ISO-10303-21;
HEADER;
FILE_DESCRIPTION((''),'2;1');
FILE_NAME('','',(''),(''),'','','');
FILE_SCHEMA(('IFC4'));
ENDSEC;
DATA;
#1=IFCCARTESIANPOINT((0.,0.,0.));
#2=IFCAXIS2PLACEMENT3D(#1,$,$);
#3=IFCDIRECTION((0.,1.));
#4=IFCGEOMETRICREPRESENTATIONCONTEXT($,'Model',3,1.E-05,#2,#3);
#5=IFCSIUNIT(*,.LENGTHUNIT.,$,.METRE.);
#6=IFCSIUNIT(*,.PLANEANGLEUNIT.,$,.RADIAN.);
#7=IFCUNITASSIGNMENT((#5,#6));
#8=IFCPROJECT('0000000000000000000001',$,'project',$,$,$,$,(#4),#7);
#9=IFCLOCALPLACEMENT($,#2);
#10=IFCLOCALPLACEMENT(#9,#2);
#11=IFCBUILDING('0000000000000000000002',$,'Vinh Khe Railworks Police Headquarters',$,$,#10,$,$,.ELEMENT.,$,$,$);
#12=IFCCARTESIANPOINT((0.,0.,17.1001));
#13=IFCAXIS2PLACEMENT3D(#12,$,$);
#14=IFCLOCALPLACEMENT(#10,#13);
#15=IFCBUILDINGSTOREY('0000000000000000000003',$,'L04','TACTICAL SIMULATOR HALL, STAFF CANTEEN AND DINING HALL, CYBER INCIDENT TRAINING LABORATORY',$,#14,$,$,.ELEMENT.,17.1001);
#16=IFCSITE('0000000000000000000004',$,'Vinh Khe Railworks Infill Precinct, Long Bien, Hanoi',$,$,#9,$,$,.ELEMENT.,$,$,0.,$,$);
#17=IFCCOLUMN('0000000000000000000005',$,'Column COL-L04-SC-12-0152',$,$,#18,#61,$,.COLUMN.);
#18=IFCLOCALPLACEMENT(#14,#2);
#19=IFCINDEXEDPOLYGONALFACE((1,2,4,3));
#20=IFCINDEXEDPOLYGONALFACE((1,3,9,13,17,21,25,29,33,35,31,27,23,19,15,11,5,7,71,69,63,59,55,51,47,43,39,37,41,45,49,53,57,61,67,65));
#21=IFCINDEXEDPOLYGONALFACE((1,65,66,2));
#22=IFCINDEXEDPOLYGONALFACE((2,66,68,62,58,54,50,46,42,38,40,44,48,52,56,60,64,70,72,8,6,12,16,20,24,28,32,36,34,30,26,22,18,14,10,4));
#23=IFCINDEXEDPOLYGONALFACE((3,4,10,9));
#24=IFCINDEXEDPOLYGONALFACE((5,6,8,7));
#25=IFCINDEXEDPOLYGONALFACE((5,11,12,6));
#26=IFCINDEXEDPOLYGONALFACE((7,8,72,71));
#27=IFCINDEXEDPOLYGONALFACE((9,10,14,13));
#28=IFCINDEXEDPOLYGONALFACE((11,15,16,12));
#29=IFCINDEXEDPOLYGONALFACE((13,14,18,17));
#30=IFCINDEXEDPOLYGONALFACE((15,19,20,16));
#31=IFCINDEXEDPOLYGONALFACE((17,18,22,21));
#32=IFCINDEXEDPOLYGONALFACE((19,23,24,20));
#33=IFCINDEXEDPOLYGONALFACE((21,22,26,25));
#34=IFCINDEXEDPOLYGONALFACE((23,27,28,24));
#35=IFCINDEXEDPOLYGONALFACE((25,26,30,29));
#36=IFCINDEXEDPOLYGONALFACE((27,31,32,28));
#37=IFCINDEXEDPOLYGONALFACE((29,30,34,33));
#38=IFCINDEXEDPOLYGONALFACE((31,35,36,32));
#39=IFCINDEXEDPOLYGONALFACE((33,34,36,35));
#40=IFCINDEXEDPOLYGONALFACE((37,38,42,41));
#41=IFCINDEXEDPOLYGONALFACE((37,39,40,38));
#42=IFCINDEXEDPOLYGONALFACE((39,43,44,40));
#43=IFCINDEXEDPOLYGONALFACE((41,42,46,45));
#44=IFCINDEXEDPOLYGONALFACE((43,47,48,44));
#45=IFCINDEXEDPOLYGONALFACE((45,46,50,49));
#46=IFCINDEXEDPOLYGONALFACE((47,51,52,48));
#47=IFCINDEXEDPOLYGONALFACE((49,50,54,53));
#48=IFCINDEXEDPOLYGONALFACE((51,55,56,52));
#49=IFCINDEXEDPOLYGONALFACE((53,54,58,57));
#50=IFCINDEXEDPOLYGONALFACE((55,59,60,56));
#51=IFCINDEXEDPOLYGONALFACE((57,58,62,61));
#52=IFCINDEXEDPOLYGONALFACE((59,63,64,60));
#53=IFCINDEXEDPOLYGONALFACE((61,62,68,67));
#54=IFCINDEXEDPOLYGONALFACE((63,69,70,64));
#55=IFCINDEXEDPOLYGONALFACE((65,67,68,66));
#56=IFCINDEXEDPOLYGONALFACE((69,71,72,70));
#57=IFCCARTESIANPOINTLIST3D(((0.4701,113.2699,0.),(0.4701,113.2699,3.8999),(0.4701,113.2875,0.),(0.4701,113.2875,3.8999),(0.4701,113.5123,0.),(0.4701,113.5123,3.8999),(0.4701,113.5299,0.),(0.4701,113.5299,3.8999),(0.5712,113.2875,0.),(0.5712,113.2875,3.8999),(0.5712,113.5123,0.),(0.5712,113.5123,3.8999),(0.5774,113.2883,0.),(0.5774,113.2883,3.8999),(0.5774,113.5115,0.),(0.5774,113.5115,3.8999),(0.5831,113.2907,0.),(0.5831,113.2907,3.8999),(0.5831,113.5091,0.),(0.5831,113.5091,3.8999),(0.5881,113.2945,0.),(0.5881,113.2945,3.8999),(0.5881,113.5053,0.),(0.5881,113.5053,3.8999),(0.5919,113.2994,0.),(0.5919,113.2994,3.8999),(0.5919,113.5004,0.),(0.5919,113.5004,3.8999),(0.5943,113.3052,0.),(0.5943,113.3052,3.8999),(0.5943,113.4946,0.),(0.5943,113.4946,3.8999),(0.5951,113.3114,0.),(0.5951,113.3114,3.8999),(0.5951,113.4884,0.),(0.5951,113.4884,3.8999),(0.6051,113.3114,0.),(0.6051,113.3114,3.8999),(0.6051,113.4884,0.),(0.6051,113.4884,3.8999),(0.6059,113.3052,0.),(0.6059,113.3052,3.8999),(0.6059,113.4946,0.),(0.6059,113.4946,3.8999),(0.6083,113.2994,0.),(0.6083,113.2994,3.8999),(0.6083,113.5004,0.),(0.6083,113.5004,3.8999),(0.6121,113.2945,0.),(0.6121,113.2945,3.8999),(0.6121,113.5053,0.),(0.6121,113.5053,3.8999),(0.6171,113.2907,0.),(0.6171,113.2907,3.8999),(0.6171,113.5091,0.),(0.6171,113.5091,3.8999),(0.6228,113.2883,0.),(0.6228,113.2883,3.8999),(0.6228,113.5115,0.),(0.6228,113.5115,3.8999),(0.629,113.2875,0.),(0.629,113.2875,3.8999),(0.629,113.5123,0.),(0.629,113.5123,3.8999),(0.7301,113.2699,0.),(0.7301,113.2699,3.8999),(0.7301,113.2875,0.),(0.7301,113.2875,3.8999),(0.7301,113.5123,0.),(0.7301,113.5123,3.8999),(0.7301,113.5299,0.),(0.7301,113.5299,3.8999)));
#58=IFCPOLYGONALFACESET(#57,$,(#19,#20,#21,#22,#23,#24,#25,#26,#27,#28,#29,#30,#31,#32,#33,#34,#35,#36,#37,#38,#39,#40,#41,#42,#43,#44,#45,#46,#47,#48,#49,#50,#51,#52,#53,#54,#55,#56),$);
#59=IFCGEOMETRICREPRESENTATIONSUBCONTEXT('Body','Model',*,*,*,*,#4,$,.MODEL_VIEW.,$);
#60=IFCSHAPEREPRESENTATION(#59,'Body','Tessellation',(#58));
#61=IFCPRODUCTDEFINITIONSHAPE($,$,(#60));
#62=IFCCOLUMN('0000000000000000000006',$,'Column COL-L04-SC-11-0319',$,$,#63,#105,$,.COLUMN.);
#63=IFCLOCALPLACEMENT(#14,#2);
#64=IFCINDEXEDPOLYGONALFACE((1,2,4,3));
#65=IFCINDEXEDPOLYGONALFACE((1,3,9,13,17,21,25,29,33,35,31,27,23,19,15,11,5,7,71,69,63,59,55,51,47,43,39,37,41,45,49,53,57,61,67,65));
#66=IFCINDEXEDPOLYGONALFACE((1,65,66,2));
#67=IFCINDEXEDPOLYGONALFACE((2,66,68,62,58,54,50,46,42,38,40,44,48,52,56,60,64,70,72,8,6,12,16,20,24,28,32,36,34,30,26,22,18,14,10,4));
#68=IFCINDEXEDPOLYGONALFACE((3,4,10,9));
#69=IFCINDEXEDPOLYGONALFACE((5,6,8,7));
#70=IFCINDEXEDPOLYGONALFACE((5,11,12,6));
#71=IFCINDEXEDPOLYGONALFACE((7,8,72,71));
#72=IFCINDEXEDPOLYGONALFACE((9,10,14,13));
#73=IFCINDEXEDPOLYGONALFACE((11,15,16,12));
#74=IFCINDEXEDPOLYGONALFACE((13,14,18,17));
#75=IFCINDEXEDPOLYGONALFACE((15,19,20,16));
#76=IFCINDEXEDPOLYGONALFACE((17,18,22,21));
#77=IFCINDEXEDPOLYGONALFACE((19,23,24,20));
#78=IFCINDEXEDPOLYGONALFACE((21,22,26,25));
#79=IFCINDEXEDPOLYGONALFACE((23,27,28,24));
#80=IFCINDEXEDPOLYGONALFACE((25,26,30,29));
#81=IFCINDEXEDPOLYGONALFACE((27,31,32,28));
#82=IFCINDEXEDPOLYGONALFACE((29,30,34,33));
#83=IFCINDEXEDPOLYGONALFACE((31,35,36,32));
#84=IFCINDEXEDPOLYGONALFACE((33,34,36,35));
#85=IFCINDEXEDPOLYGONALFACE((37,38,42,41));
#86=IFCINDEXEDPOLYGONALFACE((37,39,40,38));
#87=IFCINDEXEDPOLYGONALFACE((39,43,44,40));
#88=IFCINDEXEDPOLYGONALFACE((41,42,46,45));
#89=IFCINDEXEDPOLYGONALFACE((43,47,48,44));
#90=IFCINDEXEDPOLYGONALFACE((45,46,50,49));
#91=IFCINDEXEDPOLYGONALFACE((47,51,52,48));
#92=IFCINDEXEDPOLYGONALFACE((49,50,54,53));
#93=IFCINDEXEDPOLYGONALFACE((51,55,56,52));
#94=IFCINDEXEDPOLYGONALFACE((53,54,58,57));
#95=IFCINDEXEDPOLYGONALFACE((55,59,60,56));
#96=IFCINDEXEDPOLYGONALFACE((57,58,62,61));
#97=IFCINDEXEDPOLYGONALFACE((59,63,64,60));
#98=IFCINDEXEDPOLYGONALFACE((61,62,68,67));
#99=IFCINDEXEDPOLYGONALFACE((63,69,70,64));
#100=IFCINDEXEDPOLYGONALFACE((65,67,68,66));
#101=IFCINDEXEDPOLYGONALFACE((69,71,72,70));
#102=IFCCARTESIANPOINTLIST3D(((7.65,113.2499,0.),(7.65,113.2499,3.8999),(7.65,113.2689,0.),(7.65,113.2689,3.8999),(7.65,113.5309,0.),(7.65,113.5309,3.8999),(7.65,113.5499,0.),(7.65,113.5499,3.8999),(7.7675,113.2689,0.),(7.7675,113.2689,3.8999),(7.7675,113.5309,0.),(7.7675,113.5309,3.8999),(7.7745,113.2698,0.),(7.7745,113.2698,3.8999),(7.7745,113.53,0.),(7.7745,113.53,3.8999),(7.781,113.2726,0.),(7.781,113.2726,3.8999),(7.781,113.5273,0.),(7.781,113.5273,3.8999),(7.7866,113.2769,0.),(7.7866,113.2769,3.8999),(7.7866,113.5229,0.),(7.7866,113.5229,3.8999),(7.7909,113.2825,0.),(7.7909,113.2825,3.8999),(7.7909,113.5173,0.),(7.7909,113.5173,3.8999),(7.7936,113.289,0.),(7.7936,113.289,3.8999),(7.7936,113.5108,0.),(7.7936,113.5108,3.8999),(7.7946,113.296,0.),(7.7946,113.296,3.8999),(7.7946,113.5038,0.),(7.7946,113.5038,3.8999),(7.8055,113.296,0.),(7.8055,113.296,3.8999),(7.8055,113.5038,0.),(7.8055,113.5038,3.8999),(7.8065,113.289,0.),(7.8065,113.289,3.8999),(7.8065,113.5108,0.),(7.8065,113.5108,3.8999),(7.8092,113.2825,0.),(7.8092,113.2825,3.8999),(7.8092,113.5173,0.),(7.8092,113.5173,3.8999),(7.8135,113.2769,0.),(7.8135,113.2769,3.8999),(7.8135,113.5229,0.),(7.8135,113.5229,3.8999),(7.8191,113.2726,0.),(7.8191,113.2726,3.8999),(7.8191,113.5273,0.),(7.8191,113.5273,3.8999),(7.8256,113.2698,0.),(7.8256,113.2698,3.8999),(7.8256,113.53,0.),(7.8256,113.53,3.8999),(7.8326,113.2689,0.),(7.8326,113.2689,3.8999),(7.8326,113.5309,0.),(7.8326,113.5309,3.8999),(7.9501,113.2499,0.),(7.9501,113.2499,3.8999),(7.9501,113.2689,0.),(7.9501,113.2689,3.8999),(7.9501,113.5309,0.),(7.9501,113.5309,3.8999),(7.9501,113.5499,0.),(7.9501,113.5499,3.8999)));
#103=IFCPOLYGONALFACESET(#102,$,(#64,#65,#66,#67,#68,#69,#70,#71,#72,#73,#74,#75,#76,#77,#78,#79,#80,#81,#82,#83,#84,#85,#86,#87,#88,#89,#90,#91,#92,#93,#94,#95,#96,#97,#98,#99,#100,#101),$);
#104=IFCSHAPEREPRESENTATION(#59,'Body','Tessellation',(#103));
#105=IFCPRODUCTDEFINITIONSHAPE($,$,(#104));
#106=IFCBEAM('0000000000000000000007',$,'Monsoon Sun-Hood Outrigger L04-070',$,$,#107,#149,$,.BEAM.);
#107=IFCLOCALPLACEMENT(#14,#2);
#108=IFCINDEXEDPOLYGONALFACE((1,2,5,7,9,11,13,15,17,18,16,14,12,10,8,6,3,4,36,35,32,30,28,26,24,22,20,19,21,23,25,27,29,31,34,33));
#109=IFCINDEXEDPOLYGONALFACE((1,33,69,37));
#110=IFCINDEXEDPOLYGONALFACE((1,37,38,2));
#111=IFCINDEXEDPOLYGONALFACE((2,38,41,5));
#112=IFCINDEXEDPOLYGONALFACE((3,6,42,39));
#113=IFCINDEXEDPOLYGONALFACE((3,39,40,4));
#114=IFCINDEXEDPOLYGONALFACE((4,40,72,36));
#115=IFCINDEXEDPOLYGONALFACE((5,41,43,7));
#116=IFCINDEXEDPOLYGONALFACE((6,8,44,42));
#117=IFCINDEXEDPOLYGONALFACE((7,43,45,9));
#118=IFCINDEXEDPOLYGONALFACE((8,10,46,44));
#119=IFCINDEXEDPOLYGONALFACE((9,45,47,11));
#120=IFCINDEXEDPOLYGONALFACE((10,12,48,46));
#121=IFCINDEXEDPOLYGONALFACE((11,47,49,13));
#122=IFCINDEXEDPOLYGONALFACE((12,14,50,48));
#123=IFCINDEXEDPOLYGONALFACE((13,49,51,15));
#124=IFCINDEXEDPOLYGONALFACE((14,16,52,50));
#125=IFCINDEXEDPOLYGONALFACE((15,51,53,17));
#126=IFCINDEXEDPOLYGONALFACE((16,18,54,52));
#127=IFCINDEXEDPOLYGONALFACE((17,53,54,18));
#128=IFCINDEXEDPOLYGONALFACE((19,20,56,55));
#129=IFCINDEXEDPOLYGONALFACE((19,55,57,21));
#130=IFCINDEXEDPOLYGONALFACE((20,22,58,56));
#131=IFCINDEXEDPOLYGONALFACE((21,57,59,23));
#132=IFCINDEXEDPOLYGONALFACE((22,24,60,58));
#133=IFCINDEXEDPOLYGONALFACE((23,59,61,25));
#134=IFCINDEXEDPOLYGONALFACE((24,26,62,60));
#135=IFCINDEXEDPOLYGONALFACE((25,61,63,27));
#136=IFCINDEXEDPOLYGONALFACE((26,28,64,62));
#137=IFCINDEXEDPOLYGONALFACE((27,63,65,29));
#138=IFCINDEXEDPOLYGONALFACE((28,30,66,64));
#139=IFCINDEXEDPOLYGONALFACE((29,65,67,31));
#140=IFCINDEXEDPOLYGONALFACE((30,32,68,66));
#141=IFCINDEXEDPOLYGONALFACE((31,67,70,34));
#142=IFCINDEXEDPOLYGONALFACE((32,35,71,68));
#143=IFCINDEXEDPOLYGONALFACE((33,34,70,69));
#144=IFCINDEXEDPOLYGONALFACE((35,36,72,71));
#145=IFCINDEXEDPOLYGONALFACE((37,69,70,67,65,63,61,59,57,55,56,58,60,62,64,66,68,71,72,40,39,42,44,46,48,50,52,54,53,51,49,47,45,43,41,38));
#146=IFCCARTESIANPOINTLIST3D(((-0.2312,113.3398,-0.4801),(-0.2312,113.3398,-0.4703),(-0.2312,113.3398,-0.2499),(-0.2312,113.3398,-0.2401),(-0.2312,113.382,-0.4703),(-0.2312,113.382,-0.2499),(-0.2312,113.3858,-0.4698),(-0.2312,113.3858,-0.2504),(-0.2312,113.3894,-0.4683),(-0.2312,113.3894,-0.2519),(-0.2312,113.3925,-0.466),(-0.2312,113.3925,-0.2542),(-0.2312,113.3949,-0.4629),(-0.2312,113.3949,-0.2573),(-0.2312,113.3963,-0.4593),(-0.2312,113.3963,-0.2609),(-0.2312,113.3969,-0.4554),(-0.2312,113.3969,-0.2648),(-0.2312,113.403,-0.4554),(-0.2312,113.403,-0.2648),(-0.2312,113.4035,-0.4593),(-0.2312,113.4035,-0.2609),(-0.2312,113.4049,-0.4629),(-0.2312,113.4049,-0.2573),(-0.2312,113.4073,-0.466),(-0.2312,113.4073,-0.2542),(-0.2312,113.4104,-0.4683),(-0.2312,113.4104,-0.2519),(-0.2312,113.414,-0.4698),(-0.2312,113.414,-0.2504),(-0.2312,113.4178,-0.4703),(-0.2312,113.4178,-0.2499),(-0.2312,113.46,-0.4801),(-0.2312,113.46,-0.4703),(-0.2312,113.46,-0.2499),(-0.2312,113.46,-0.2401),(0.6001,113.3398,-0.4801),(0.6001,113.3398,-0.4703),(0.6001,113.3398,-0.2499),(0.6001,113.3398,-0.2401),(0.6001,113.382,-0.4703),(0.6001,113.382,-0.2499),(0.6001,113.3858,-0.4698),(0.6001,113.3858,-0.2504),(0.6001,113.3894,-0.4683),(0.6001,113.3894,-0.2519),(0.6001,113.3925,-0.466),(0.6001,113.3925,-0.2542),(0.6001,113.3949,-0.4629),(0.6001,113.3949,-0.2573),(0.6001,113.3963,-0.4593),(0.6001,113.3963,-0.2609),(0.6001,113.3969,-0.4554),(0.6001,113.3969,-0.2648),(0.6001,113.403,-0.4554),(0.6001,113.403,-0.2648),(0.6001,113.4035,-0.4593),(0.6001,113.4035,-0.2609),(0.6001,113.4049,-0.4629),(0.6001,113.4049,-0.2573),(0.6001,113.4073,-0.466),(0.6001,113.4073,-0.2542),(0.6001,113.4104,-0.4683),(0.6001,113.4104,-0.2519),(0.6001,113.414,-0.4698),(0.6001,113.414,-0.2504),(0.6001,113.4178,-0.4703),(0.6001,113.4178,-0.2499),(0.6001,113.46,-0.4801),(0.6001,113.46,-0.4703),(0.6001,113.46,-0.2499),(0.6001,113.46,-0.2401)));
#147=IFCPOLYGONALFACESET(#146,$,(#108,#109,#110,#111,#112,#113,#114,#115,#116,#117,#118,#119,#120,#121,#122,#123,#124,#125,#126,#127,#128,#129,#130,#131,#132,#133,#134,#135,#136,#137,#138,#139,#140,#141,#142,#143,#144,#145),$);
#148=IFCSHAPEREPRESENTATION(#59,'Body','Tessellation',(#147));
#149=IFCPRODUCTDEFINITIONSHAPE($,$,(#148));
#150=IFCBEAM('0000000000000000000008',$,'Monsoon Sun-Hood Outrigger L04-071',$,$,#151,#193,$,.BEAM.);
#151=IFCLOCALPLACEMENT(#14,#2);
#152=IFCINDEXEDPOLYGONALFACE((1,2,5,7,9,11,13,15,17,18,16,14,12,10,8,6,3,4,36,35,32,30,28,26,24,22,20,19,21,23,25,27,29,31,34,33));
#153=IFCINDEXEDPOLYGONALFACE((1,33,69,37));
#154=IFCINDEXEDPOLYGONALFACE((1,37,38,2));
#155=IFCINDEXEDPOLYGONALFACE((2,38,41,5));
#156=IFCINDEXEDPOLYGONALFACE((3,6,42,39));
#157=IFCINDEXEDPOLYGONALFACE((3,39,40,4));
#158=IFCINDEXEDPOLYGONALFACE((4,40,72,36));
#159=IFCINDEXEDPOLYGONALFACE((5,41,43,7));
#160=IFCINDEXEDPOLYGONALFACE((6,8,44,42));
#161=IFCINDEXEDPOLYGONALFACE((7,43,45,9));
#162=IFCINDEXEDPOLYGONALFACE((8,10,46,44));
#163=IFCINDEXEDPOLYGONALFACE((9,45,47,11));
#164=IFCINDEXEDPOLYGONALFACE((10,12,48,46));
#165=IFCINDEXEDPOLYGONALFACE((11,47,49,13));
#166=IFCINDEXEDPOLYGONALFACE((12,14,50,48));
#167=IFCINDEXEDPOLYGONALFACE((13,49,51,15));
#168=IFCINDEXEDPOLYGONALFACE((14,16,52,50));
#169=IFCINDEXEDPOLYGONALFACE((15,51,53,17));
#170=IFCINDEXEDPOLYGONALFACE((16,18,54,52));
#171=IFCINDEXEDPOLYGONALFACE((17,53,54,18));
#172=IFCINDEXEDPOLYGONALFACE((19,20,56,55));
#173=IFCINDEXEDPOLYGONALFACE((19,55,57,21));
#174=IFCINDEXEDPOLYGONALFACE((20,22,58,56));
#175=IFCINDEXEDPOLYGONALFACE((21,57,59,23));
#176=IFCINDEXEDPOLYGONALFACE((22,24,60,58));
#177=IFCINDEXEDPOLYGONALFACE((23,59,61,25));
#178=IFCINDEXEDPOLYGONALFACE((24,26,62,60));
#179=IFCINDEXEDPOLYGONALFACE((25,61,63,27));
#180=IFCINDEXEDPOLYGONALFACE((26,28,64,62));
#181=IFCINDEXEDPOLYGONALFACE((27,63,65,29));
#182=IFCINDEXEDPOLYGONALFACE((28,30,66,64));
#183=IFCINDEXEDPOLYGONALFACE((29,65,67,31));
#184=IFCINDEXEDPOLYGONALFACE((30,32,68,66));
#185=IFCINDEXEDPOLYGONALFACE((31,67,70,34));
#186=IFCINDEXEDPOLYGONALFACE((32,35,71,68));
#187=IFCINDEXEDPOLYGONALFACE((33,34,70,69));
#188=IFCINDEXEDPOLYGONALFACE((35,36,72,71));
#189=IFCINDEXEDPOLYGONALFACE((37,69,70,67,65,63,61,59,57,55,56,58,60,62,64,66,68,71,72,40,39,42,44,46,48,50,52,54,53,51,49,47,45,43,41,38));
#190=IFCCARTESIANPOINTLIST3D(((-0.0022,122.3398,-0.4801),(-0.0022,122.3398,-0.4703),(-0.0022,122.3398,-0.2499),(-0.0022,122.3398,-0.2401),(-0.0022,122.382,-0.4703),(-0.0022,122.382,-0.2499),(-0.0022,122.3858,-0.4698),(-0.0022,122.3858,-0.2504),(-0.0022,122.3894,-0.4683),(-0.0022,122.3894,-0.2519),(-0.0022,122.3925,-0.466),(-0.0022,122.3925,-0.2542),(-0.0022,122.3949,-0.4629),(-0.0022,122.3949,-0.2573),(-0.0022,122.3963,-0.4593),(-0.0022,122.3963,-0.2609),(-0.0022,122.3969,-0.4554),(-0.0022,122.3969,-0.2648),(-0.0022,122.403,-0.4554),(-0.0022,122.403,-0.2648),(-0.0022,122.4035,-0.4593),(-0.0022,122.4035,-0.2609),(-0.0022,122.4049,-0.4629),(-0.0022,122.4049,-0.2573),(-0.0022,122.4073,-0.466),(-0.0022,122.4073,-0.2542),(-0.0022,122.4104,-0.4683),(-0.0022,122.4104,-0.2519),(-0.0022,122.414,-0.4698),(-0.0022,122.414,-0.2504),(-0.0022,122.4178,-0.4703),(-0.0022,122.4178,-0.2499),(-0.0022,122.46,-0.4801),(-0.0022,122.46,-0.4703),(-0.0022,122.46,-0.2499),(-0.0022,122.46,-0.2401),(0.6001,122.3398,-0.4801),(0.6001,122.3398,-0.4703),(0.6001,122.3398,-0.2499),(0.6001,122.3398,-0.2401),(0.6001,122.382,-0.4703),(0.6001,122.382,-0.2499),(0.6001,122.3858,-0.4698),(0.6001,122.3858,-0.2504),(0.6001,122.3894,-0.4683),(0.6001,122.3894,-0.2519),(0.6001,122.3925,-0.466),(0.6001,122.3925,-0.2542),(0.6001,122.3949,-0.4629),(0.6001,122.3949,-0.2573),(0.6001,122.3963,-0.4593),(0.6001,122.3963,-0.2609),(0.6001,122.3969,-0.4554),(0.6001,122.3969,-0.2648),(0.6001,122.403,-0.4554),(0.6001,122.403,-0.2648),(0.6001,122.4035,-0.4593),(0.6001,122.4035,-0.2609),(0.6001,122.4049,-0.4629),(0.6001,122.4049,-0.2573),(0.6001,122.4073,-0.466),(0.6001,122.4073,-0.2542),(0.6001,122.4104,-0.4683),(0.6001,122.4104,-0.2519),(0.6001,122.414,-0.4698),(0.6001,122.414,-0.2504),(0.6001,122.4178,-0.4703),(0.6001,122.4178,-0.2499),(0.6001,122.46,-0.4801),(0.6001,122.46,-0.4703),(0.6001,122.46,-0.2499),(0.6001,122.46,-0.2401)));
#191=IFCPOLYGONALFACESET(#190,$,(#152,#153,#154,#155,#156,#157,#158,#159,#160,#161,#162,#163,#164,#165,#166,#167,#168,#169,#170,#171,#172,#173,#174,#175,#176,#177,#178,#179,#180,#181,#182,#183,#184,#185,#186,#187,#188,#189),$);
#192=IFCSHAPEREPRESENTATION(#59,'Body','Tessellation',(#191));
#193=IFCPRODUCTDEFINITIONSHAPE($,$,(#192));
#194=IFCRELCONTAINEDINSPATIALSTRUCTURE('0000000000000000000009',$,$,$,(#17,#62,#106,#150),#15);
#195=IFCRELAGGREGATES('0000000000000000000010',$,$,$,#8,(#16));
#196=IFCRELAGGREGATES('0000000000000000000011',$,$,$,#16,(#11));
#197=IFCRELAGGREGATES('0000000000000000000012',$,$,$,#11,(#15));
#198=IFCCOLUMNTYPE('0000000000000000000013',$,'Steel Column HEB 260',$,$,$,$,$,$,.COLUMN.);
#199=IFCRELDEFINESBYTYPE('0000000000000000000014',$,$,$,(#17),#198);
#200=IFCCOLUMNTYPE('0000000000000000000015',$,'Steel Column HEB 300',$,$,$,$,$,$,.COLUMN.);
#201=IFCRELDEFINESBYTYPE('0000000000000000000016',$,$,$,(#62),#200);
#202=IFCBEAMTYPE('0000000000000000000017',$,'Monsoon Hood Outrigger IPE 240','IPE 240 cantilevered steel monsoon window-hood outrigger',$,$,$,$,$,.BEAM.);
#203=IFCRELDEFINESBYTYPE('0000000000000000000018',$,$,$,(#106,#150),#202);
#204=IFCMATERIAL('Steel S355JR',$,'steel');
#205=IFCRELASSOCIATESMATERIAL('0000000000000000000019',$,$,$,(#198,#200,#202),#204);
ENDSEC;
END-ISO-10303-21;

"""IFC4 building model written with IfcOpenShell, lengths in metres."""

from ifc_helpers import new_model, si_unit, direction, frame, origin, origin_2d, place, context, subcontext, project, spatial, i_section, extrude, material, material_profile, profile_set, type_object, element, save


model = new_model("IFC4")

# Units and contexts
model_context = context("Model", 3, precision=1e-05, world=origin(), true_north=direction((0.0, 1.0)))
body_context = subcontext(model_context, "Body", "Model", "MODEL_VIEW")
ifc_project = project(units=[si_unit("LENGTHUNIT", "METRE"), si_unit("PLANEANGLEUNIT", "RADIAN")], contexts=[model_context])

# Site, building, storey
site_placement = place(None, origin())
site = spatial("IfcSite", under=ifc_project, at=site_placement, Name="Vinh Khe Railworks Infill Precinct, Long Bien, Hanoi", CompositionType="ELEMENT", RefElevation=0.0)
building_placement = place(site_placement, origin())
building = spatial("IfcBuilding", under=site, at=building_placement, Name="Vinh Khe Railworks Police Headquarters", CompositionType="ELEMENT")
storey_placement = place(building_placement, frame((0.0, 0.0, 17.1001)))
storey = spatial("IfcBuildingStorey", under=building, at=storey_placement, Name="L04", Description="TACTICAL SIMULATOR HALL, STAFF CANTEEN AND DINING HALL, CYBER INCIDENT TRAINING LABORATORY", CompositionType="ELEMENT", Elevation=17.1001)

# Columns
ifc_material_1 = material(Name="Steel S355JR", Category="steel")
ifc_material_profile_1 = material_profile(ifc_material_1, i_section(OverallWidth=0.26, OverallDepth=0.26, WebThickness=0.01, FlangeThickness=0.0176, FilletRadius=0.0239, at=origin_2d()), Name="HEB 260")
ifc_profile_set_1 = profile_set([ifc_material_profile_1], Name="Steel S355JR")
column_type_1 = type_object("IfcColumnType", Name="Steel Column HEB 260", PredefinedType="COLUMN", material=ifc_profile_set_1)
column_1_placement = place(storey_placement, frame((0.6001, 113.3999, 0.0), z_axis=(0.0, 0.0, 1.0), x_axis=(1.0, 0.0, 0.0)))
element("IfcColumn", 1, at=column_1_placement, inside=storey, type_object=column_type_1, Name="Column COL-L04-SC-12-0152", PredefinedType="COLUMN", context=body_context, shape_type="SweptSolid", body=[
    extrude(i_section(OverallWidth=0.26, OverallDepth=0.26, WebThickness=0.01, FlangeThickness=0.0176, FilletRadius=0.0239, at=origin_2d()), origin(), (0.0, 0.0, 1.0), 3.8999),
])
ifc_material_profile_2 = material_profile(ifc_material_1, i_section(OverallWidth=0.3, OverallDepth=0.3, WebThickness=0.011, FlangeThickness=0.019, FilletRadius=0.0271, at=origin_2d()), Name="HEB 300")
ifc_profile_set_2 = profile_set([ifc_material_profile_2], Name="Steel S355JR")
column_type_2 = type_object("IfcColumnType", Name="Steel Column HEB 300", PredefinedType="COLUMN", material=ifc_profile_set_2)
column_2_placement = place(storey_placement, frame((7.8, 113.3999, 0.0), z_axis=(0.0, 0.0, 1.0), x_axis=(1.0, 0.0, 0.0)))
element("IfcColumn", 2, at=column_2_placement, inside=storey, type_object=column_type_2, Name="Column COL-L04-SC-11-0319", PredefinedType="COLUMN", context=body_context, shape_type="SweptSolid", body=[
    extrude(i_section(OverallWidth=0.3, OverallDepth=0.3, WebThickness=0.011, FlangeThickness=0.019, FilletRadius=0.0271, at=origin_2d()), origin(), (0.0, 0.0, 1.0), 3.8999),
])

# Beams
ifc_material_profile_3 = material_profile(ifc_material_1, i_section(OverallWidth=0.1201, OverallDepth=0.24, WebThickness=0.0061, FlangeThickness=0.0098, FilletRadius=0.0149, at=origin_2d()), Name="IPE 240")
ifc_profile_set_3 = profile_set([ifc_material_profile_3], Name="Steel S355JR")
beam_type_1 = type_object("IfcBeamType", Name="Monsoon Hood Outrigger IPE 240", Description="IPE 240 cantilevered steel monsoon window-hood outrigger", PredefinedType="BEAM", material=ifc_profile_set_3)
beam_1_placement = place(storey_placement, frame((-0.2312, 113.3999, -0.3601), z_axis=(1.0, 0.0, 0.0), x_axis=(0.0, 1.0, 0.0)))
element("IfcBeam", 3, at=beam_1_placement, inside=storey, type_object=beam_type_1, Name="Monsoon Sun-Hood Outrigger L04-070", PredefinedType="BEAM", context=body_context, shape_type="SweptSolid", body=[
    extrude(i_section(OverallWidth=0.1201, OverallDepth=0.24, WebThickness=0.0061, FlangeThickness=0.0098, FilletRadius=0.0149, at=origin_2d()), origin(), (0.0, 0.0, 1.0), 0.8313),
])
beam_2_placement = place(storey_placement, frame((-0.0022, 122.3999, -0.3601), z_axis=(1.0, 0.0, 0.0), x_axis=(0.0, 1.0, 0.0)))
element("IfcBeam", 4, at=beam_2_placement, inside=storey, type_object=beam_type_1, Name="Monsoon Sun-Hood Outrigger L04-071", PredefinedType="BEAM", context=body_context, shape_type="SweptSolid", body=[
    extrude(i_section(OverallWidth=0.1201, OverallDepth=0.24, WebThickness=0.0061, FlangeThickness=0.0098, FilletRadius=0.0149, at=origin_2d()), origin(), (0.0, 0.0, 1.0), 0.6023),
])

save(model, "model.ifc")
